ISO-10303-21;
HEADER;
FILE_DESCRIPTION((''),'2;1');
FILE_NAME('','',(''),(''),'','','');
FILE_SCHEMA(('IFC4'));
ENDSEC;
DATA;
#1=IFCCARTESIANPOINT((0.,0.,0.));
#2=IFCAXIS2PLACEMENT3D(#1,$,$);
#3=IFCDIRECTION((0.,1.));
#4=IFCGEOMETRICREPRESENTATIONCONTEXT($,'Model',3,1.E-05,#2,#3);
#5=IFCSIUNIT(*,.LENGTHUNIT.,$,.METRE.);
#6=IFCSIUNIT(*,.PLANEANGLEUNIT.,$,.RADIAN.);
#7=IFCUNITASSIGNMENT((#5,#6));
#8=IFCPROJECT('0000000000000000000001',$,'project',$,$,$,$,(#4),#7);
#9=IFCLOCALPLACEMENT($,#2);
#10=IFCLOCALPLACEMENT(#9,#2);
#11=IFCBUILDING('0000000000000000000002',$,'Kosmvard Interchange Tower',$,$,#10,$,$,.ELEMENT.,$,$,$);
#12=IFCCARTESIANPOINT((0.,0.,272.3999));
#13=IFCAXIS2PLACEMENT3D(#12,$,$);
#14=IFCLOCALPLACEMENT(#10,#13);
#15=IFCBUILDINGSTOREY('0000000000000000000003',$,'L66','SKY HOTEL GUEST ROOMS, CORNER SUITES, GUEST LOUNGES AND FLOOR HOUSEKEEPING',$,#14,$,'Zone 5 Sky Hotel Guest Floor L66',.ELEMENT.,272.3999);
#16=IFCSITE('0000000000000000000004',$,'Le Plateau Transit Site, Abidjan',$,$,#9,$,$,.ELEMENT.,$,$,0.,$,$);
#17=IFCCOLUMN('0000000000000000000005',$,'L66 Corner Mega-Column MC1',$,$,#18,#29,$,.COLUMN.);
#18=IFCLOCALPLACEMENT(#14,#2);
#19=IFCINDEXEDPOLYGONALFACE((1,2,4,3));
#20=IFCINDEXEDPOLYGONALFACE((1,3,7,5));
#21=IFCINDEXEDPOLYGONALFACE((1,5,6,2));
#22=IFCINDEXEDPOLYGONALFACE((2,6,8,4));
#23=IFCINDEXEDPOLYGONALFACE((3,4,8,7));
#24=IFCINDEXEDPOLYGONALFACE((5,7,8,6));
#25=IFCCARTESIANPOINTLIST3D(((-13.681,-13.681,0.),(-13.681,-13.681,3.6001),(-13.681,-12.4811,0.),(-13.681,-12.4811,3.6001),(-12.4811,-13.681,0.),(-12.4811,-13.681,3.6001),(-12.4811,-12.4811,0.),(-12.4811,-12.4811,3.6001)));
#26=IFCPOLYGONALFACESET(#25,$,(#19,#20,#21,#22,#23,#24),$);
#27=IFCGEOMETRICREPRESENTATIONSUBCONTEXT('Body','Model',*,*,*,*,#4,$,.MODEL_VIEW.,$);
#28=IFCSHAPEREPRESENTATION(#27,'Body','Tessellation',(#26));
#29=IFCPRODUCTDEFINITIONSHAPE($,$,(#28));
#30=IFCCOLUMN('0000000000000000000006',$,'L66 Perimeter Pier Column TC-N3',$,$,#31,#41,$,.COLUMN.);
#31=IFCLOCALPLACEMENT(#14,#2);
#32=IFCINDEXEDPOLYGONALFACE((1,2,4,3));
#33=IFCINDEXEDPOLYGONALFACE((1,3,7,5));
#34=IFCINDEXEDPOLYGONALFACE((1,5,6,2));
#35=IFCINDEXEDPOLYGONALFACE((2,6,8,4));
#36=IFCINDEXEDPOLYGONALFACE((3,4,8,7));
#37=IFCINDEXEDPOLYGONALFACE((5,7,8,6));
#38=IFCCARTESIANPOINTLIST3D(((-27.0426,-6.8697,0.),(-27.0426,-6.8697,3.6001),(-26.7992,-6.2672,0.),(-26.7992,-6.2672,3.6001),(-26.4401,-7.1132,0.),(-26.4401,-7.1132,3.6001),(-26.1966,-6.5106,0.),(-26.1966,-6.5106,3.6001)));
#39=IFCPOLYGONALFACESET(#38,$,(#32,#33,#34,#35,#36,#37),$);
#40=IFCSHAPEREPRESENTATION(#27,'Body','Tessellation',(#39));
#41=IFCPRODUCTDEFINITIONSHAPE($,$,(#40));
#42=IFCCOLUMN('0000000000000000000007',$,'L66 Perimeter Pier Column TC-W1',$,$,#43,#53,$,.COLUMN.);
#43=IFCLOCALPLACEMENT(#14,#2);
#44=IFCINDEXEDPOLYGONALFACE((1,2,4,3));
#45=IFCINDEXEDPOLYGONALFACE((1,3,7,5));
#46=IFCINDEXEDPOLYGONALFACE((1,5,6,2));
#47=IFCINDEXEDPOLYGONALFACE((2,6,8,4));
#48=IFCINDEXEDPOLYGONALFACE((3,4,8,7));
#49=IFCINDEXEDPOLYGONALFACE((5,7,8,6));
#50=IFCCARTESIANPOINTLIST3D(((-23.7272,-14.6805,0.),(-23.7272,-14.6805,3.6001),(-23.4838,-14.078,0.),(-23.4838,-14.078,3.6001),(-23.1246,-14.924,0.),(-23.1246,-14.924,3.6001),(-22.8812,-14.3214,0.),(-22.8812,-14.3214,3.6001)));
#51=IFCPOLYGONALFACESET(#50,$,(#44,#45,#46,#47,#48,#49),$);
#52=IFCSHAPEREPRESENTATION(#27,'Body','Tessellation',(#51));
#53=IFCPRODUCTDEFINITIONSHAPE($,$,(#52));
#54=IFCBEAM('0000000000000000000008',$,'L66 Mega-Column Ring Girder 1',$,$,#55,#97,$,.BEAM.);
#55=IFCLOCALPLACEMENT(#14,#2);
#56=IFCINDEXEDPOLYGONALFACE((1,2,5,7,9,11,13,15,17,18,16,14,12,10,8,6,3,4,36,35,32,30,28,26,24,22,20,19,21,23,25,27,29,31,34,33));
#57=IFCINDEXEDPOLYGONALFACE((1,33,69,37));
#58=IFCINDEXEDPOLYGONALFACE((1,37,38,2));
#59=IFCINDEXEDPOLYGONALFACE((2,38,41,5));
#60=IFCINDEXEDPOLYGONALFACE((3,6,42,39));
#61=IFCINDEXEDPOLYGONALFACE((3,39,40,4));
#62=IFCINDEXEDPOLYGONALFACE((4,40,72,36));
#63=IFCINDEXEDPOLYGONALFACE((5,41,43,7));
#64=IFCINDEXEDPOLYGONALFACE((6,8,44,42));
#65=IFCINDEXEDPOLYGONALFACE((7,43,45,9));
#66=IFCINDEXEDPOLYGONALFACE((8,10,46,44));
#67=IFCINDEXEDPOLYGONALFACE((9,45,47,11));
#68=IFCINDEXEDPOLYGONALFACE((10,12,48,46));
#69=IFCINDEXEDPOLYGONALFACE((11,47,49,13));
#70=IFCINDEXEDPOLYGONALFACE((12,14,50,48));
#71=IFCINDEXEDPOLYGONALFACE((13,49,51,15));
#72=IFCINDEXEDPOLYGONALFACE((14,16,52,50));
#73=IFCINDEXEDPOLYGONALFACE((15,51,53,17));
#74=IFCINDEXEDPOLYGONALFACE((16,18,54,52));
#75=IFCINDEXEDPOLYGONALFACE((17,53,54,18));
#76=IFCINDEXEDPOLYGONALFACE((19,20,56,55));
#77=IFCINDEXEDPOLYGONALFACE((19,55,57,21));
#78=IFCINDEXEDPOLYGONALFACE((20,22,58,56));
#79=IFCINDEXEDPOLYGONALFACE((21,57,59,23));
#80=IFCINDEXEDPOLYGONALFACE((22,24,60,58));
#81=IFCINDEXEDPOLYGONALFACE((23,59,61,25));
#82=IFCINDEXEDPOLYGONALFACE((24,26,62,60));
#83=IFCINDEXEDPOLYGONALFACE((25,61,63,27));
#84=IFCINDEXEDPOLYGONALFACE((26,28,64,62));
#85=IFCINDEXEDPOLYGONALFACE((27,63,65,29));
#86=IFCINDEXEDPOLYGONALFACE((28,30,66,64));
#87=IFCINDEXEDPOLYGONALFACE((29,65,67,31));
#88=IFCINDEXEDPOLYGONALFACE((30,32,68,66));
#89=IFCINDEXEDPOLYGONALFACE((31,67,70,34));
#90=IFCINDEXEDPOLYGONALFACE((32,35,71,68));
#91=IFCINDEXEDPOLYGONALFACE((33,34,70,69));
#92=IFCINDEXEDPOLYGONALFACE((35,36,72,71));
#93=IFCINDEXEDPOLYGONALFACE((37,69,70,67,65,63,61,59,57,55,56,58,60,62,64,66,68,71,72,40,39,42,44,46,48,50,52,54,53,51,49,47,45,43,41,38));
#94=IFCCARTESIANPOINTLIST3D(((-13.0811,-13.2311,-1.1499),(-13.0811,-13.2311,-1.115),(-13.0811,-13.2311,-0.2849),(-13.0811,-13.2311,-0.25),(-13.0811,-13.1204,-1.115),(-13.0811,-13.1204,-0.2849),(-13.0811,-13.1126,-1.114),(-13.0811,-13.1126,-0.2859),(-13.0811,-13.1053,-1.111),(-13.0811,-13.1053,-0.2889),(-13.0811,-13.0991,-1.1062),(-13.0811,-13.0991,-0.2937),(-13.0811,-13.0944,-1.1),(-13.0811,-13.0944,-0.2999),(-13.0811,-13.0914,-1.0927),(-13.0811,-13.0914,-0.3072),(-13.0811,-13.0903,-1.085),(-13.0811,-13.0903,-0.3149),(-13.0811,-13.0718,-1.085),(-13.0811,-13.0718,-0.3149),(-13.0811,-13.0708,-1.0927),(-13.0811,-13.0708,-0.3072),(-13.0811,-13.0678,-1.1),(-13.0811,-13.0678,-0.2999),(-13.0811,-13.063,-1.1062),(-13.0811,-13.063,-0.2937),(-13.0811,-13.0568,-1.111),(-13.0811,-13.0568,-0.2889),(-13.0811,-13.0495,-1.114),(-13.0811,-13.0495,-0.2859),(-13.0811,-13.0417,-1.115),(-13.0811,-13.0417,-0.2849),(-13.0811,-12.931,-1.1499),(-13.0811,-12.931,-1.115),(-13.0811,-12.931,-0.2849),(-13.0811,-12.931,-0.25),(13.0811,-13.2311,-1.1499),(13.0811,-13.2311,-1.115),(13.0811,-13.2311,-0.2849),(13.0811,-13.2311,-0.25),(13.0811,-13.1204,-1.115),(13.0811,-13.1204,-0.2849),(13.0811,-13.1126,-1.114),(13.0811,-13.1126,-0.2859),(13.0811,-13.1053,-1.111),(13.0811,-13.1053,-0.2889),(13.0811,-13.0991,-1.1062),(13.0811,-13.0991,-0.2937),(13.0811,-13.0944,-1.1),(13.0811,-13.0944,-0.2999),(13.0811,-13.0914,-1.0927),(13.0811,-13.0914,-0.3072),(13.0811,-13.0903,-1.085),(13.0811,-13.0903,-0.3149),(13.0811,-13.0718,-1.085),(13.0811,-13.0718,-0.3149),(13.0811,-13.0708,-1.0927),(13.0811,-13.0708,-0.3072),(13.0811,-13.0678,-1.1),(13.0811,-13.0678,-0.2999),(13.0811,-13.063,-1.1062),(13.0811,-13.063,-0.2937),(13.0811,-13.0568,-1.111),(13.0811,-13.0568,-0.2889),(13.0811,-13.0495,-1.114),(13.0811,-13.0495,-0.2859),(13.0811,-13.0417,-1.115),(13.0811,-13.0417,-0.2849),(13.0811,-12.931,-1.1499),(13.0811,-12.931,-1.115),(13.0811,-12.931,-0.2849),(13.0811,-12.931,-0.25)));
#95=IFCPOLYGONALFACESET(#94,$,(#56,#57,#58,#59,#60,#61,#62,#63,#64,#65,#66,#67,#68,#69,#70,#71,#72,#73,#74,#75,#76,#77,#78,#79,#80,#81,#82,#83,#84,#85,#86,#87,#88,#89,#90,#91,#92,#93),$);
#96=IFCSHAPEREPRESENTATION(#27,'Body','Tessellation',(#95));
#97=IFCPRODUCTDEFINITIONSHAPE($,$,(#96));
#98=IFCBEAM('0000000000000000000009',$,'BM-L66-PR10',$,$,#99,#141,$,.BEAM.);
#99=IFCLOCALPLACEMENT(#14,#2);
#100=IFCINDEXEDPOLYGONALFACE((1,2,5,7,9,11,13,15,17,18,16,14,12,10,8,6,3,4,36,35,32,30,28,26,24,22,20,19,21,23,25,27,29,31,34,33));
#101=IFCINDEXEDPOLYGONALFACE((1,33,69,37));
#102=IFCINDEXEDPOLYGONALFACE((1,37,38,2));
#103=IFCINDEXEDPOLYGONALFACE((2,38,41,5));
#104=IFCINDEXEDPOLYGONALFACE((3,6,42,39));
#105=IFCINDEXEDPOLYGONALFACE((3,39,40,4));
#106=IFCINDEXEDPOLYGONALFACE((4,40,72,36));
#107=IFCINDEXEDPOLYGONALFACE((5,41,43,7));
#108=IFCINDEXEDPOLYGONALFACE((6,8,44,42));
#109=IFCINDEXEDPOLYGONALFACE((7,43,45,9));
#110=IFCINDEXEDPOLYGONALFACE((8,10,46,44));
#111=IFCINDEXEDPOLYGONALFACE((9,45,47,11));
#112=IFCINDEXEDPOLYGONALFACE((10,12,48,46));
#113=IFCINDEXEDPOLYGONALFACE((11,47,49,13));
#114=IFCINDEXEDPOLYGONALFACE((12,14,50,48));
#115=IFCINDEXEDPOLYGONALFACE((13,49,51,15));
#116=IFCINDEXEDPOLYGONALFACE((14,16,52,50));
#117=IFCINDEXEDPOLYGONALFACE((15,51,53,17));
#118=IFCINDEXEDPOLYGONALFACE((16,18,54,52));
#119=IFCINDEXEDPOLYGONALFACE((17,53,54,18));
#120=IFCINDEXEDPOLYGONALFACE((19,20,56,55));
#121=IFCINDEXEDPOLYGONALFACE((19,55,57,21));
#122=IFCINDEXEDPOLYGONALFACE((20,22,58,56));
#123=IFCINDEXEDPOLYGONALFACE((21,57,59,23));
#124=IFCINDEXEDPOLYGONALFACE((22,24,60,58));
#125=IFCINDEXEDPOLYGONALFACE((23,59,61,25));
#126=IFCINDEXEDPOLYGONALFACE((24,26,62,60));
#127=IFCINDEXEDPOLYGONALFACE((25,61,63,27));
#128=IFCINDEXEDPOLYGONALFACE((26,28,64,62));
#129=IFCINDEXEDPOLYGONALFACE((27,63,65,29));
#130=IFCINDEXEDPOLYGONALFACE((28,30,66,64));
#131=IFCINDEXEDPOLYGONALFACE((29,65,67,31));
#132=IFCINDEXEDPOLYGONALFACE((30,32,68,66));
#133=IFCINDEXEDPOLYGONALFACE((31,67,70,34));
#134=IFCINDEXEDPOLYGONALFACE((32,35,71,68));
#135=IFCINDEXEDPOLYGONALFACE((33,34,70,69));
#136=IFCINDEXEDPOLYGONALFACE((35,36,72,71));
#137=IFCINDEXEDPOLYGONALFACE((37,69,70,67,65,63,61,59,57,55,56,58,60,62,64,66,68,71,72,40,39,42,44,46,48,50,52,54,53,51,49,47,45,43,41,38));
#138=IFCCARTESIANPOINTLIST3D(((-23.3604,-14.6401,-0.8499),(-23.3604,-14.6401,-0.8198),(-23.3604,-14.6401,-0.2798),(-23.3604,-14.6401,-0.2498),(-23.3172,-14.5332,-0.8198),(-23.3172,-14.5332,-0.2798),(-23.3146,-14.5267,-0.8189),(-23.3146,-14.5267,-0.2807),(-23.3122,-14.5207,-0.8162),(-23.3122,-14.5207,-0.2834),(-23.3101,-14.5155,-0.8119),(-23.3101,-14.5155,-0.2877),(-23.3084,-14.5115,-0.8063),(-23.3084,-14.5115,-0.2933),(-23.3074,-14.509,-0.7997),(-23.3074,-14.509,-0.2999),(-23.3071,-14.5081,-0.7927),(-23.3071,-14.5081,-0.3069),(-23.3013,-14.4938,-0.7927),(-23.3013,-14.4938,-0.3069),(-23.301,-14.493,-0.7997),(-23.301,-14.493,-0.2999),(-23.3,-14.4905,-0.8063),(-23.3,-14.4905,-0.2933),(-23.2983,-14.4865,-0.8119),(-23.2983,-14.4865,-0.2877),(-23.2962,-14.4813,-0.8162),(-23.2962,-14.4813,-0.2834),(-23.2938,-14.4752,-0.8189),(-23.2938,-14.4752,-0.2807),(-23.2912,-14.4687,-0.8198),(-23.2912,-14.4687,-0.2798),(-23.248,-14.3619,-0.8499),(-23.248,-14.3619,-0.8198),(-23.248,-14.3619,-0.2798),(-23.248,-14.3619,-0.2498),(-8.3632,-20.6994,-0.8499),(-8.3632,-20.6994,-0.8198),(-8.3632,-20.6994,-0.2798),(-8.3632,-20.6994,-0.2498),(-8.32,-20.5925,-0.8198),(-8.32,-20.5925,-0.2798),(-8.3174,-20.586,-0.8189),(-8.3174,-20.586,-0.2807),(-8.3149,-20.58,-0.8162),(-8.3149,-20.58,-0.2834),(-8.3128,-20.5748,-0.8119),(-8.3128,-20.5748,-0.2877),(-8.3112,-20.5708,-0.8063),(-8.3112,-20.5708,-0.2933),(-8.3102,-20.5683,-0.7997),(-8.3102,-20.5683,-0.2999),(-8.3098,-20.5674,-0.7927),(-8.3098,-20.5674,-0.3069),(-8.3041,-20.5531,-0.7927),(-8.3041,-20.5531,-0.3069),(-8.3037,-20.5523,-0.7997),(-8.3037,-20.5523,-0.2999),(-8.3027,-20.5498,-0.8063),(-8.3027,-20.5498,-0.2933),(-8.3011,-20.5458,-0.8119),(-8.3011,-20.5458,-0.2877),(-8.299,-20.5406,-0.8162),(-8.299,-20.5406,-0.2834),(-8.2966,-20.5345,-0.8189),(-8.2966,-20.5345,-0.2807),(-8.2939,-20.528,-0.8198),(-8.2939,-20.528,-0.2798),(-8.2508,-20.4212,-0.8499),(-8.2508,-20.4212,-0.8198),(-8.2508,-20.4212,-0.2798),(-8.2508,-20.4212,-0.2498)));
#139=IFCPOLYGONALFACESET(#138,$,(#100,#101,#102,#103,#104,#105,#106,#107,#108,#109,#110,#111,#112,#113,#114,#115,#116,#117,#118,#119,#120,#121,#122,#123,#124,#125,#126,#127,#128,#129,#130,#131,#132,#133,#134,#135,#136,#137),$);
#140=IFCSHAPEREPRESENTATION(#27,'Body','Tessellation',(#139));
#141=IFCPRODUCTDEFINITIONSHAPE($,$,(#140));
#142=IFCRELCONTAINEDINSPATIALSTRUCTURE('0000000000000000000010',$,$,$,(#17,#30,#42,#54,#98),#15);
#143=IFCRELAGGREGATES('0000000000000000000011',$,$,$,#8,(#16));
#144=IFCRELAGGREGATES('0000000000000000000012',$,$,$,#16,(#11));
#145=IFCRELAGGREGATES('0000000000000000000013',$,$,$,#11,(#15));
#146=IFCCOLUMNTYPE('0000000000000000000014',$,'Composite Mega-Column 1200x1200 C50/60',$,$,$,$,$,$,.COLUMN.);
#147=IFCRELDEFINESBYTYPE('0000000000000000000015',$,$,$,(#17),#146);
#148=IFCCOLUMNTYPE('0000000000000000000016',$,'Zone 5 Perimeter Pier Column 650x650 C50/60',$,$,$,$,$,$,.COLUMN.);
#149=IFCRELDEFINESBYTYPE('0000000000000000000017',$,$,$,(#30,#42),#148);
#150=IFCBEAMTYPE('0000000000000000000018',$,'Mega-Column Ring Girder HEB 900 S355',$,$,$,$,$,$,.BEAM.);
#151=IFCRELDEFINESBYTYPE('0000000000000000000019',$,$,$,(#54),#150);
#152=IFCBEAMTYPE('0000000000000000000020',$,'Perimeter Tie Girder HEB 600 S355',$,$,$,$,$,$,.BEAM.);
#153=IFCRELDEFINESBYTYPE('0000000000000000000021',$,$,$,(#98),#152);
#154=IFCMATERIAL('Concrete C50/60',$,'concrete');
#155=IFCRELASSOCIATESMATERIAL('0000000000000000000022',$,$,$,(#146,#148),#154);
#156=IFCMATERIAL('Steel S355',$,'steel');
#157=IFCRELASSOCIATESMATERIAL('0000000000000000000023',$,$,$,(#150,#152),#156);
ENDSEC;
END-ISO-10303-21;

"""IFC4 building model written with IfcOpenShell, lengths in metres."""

from ifc_helpers import new_model, si_unit, direction, frame, origin, origin_2d, place, context, subcontext, project, spatial, rectangle, i_section, extrude, source, transform, mapped, material, material_profile, profile_set, type_object, element, save


model = new_model("IFC4")

# Units and contexts
model_context = context("Model", 3, precision=1e-05, world=origin(), true_north=direction((0.0, 1.0)))
body_context = subcontext(model_context, "Body", "Model", "MODEL_VIEW")
ifc_project = project(units=[si_unit("LENGTHUNIT", "METRE"), si_unit("PLANEANGLEUNIT", "RADIAN")], contexts=[model_context])

# Site, building, storey
site_placement = place(None, origin())
site = spatial("IfcSite", under=ifc_project, at=site_placement, Name="Le Plateau Transit Site, Abidjan", CompositionType="ELEMENT", RefElevation=0.0)
building_placement = place(site_placement, origin())
building = spatial("IfcBuilding", under=site, at=building_placement, Name="Kosmvard Interchange Tower", CompositionType="ELEMENT")
storey_placement = place(building_placement, frame((0.0, 0.0, 272.3999)))
storey = spatial("IfcBuildingStorey", under=building, at=storey_placement, Name="L66", Description="SKY HOTEL GUEST ROOMS, CORNER SUITES, GUEST LOUNGES AND FLOOR HOUSEKEEPING", LongName="Zone 5 Sky Hotel Guest Floor L66", CompositionType="ELEMENT", Elevation=272.3999)

# Columns
ifc_material_1 = material(Name="Concrete C50/60", Category="concrete")
ifc_material_profile_1 = material_profile(ifc_material_1, rectangle(XDim=1.2, YDim=1.2, at=origin_2d()), Name="MC 1200x1200")
ifc_profile_set_1 = profile_set([ifc_material_profile_1], Name="Concrete C50/60")
column_type_1 = type_object("IfcColumnType", Name="Composite Mega-Column 1200x1200 C50/60", PredefinedType="COLUMN", material=ifc_profile_set_1)
shared_shape_1 = source(origin(), body_context, "Body", "SweptSolid", [
    extrude(rectangle(XDim=1.2, YDim=1.2, at=origin_2d()), origin(), (0.0, 0.0, 1.0), 3.6001),
])
column_placement = place(storey_placement, frame((-13.0811, -13.0811, 0.0), z_axis=(0.0, 0.0, 1.0), x_axis=(1.0, 0.0, 0.0)))
element("IfcColumn", 1, at=column_placement, inside=storey, type_object=column_type_1, Name="L66 Corner Mega-Column MC1", PredefinedType="COLUMN", context=body_context, shape_type="MappedRepresentation", body=[
    mapped(shared_shape_1, transform((0.0, 0.0, 0.0), scale=1.0)),
])
ifc_material_profile_2 = material_profile(ifc_material_1, rectangle(XDim=0.6499, YDim=0.6499, at=origin_2d()), Name="TC 650x650")
ifc_profile_set_2 = profile_set([ifc_material_profile_2], Name="Concrete C50/60")
column_type_2 = type_object("IfcColumnType", Name="Zone 5 Perimeter Pier Column 650x650 C50/60", PredefinedType="COLUMN", material=ifc_profile_set_2)
shared_shape_2 = source(origin(), body_context, "Body", "SweptSolid", [
    extrude(rectangle(XDim=0.6499, YDim=0.6499, at=origin_2d()), origin(), (0.0, 0.0, 1.0), 3.6001),
])
for number, where, z_axis, x_axis, name in (
    (2, (-26.6196, -6.6902, 0.0), (0.0, 0.0, 1.0), (0.374607, 0.927184, 0.0), "L66 Perimeter Pier Column TC-N3"),
    (3, (-23.3042, -14.501, 0.0), (0.0, 0.0, 1.0), (0.374607, 0.927184, 0.0), "L66 Perimeter Pier Column TC-W1"),
):
    element("IfcColumn", number, at=place(storey_placement, frame(where, z_axis=z_axis, x_axis=x_axis)), inside=storey, type_object=column_type_2, Name=name, PredefinedType="COLUMN", context=body_context, shape_type="MappedRepresentation", body=[
        mapped(shared_shape_2, transform((0.0, 0.0, 0.0), scale=1.0)),
    ])

# Beams
ifc_material_2 = material(Name="Steel S355", Category="steel")
ifc_material_profile_3 = material_profile(ifc_material_2, i_section(OverallWidth=0.3, OverallDepth=0.8999, WebThickness=0.0186, FlangeThickness=0.0349, FilletRadius=0.03, at=origin_2d()), Name="HEB 900")
ifc_profile_set_3 = profile_set([ifc_material_profile_3], Name="Steel S355")
beam_type_1 = type_object("IfcBeamType", Name="Mega-Column Ring Girder HEB 900 S355", PredefinedType="BEAM", material=ifc_profile_set_3)
shared_shape_3 = source(origin(), body_context, "Body", "SweptSolid", [
    extrude(i_section(OverallWidth=0.3, OverallDepth=0.8999, WebThickness=0.0186, FlangeThickness=0.0349, FilletRadius=0.03, at=origin_2d()), origin(), (0.0, 0.0, 1.0), 26.1621),
])
beam_1_placement = place(storey_placement, frame((-13.0811, -13.0811, -0.7), z_axis=(1.0, 0.0, 0.0), x_axis=(0.0, 1.0, 0.0)))
element("IfcBeam", 4, at=beam_1_placement, inside=storey, type_object=beam_type_1, Name="L66 Mega-Column Ring Girder 1", PredefinedType="BEAM", context=body_context, shape_type="MappedRepresentation", body=[
    mapped(shared_shape_3, transform((0.0, 0.0, 0.0), scale=1.0)),
])
ifc_material_profile_4 = material_profile(ifc_material_2, i_section(OverallWidth=0.3, OverallDepth=0.6001, WebThickness=0.0154, FlangeThickness=0.03, FilletRadius=0.0271, at=origin_2d()), Name="HEB 600")
ifc_profile_set_4 = profile_set([ifc_material_profile_4], Name="Steel S355")
beam_type_2 = type_object("IfcBeamType", Name="Perimeter Tie Girder HEB 600 S355", PredefinedType="BEAM", material=ifc_profile_set_4)
shared_shape_4 = source(origin(), body_context, "Body", "SweptSolid", [
    extrude(i_section(OverallWidth=0.3, OverallDepth=0.6001, WebThickness=0.0154, FlangeThickness=0.03, FilletRadius=0.0271, at=origin_2d()), origin(), (0.0, 0.0, 1.0), 16.175),
])
beam_2_placement = place(storey_placement, frame((-23.3042, -14.501, -0.5498), z_axis=(0.927183, -0.374608, 0.0), x_axis=(0.374608, 0.927183, 0.0)))
element("IfcBeam", 5, at=beam_2_placement, inside=storey, type_object=beam_type_2, Name="BM-L66-PR10", PredefinedType="BEAM", context=body_context, shape_type="MappedRepresentation", body=[
    mapped(shared_shape_4, transform((0.0, 0.0, 0.0), scale=1.0)),
])

save(model, "model.ifc")
